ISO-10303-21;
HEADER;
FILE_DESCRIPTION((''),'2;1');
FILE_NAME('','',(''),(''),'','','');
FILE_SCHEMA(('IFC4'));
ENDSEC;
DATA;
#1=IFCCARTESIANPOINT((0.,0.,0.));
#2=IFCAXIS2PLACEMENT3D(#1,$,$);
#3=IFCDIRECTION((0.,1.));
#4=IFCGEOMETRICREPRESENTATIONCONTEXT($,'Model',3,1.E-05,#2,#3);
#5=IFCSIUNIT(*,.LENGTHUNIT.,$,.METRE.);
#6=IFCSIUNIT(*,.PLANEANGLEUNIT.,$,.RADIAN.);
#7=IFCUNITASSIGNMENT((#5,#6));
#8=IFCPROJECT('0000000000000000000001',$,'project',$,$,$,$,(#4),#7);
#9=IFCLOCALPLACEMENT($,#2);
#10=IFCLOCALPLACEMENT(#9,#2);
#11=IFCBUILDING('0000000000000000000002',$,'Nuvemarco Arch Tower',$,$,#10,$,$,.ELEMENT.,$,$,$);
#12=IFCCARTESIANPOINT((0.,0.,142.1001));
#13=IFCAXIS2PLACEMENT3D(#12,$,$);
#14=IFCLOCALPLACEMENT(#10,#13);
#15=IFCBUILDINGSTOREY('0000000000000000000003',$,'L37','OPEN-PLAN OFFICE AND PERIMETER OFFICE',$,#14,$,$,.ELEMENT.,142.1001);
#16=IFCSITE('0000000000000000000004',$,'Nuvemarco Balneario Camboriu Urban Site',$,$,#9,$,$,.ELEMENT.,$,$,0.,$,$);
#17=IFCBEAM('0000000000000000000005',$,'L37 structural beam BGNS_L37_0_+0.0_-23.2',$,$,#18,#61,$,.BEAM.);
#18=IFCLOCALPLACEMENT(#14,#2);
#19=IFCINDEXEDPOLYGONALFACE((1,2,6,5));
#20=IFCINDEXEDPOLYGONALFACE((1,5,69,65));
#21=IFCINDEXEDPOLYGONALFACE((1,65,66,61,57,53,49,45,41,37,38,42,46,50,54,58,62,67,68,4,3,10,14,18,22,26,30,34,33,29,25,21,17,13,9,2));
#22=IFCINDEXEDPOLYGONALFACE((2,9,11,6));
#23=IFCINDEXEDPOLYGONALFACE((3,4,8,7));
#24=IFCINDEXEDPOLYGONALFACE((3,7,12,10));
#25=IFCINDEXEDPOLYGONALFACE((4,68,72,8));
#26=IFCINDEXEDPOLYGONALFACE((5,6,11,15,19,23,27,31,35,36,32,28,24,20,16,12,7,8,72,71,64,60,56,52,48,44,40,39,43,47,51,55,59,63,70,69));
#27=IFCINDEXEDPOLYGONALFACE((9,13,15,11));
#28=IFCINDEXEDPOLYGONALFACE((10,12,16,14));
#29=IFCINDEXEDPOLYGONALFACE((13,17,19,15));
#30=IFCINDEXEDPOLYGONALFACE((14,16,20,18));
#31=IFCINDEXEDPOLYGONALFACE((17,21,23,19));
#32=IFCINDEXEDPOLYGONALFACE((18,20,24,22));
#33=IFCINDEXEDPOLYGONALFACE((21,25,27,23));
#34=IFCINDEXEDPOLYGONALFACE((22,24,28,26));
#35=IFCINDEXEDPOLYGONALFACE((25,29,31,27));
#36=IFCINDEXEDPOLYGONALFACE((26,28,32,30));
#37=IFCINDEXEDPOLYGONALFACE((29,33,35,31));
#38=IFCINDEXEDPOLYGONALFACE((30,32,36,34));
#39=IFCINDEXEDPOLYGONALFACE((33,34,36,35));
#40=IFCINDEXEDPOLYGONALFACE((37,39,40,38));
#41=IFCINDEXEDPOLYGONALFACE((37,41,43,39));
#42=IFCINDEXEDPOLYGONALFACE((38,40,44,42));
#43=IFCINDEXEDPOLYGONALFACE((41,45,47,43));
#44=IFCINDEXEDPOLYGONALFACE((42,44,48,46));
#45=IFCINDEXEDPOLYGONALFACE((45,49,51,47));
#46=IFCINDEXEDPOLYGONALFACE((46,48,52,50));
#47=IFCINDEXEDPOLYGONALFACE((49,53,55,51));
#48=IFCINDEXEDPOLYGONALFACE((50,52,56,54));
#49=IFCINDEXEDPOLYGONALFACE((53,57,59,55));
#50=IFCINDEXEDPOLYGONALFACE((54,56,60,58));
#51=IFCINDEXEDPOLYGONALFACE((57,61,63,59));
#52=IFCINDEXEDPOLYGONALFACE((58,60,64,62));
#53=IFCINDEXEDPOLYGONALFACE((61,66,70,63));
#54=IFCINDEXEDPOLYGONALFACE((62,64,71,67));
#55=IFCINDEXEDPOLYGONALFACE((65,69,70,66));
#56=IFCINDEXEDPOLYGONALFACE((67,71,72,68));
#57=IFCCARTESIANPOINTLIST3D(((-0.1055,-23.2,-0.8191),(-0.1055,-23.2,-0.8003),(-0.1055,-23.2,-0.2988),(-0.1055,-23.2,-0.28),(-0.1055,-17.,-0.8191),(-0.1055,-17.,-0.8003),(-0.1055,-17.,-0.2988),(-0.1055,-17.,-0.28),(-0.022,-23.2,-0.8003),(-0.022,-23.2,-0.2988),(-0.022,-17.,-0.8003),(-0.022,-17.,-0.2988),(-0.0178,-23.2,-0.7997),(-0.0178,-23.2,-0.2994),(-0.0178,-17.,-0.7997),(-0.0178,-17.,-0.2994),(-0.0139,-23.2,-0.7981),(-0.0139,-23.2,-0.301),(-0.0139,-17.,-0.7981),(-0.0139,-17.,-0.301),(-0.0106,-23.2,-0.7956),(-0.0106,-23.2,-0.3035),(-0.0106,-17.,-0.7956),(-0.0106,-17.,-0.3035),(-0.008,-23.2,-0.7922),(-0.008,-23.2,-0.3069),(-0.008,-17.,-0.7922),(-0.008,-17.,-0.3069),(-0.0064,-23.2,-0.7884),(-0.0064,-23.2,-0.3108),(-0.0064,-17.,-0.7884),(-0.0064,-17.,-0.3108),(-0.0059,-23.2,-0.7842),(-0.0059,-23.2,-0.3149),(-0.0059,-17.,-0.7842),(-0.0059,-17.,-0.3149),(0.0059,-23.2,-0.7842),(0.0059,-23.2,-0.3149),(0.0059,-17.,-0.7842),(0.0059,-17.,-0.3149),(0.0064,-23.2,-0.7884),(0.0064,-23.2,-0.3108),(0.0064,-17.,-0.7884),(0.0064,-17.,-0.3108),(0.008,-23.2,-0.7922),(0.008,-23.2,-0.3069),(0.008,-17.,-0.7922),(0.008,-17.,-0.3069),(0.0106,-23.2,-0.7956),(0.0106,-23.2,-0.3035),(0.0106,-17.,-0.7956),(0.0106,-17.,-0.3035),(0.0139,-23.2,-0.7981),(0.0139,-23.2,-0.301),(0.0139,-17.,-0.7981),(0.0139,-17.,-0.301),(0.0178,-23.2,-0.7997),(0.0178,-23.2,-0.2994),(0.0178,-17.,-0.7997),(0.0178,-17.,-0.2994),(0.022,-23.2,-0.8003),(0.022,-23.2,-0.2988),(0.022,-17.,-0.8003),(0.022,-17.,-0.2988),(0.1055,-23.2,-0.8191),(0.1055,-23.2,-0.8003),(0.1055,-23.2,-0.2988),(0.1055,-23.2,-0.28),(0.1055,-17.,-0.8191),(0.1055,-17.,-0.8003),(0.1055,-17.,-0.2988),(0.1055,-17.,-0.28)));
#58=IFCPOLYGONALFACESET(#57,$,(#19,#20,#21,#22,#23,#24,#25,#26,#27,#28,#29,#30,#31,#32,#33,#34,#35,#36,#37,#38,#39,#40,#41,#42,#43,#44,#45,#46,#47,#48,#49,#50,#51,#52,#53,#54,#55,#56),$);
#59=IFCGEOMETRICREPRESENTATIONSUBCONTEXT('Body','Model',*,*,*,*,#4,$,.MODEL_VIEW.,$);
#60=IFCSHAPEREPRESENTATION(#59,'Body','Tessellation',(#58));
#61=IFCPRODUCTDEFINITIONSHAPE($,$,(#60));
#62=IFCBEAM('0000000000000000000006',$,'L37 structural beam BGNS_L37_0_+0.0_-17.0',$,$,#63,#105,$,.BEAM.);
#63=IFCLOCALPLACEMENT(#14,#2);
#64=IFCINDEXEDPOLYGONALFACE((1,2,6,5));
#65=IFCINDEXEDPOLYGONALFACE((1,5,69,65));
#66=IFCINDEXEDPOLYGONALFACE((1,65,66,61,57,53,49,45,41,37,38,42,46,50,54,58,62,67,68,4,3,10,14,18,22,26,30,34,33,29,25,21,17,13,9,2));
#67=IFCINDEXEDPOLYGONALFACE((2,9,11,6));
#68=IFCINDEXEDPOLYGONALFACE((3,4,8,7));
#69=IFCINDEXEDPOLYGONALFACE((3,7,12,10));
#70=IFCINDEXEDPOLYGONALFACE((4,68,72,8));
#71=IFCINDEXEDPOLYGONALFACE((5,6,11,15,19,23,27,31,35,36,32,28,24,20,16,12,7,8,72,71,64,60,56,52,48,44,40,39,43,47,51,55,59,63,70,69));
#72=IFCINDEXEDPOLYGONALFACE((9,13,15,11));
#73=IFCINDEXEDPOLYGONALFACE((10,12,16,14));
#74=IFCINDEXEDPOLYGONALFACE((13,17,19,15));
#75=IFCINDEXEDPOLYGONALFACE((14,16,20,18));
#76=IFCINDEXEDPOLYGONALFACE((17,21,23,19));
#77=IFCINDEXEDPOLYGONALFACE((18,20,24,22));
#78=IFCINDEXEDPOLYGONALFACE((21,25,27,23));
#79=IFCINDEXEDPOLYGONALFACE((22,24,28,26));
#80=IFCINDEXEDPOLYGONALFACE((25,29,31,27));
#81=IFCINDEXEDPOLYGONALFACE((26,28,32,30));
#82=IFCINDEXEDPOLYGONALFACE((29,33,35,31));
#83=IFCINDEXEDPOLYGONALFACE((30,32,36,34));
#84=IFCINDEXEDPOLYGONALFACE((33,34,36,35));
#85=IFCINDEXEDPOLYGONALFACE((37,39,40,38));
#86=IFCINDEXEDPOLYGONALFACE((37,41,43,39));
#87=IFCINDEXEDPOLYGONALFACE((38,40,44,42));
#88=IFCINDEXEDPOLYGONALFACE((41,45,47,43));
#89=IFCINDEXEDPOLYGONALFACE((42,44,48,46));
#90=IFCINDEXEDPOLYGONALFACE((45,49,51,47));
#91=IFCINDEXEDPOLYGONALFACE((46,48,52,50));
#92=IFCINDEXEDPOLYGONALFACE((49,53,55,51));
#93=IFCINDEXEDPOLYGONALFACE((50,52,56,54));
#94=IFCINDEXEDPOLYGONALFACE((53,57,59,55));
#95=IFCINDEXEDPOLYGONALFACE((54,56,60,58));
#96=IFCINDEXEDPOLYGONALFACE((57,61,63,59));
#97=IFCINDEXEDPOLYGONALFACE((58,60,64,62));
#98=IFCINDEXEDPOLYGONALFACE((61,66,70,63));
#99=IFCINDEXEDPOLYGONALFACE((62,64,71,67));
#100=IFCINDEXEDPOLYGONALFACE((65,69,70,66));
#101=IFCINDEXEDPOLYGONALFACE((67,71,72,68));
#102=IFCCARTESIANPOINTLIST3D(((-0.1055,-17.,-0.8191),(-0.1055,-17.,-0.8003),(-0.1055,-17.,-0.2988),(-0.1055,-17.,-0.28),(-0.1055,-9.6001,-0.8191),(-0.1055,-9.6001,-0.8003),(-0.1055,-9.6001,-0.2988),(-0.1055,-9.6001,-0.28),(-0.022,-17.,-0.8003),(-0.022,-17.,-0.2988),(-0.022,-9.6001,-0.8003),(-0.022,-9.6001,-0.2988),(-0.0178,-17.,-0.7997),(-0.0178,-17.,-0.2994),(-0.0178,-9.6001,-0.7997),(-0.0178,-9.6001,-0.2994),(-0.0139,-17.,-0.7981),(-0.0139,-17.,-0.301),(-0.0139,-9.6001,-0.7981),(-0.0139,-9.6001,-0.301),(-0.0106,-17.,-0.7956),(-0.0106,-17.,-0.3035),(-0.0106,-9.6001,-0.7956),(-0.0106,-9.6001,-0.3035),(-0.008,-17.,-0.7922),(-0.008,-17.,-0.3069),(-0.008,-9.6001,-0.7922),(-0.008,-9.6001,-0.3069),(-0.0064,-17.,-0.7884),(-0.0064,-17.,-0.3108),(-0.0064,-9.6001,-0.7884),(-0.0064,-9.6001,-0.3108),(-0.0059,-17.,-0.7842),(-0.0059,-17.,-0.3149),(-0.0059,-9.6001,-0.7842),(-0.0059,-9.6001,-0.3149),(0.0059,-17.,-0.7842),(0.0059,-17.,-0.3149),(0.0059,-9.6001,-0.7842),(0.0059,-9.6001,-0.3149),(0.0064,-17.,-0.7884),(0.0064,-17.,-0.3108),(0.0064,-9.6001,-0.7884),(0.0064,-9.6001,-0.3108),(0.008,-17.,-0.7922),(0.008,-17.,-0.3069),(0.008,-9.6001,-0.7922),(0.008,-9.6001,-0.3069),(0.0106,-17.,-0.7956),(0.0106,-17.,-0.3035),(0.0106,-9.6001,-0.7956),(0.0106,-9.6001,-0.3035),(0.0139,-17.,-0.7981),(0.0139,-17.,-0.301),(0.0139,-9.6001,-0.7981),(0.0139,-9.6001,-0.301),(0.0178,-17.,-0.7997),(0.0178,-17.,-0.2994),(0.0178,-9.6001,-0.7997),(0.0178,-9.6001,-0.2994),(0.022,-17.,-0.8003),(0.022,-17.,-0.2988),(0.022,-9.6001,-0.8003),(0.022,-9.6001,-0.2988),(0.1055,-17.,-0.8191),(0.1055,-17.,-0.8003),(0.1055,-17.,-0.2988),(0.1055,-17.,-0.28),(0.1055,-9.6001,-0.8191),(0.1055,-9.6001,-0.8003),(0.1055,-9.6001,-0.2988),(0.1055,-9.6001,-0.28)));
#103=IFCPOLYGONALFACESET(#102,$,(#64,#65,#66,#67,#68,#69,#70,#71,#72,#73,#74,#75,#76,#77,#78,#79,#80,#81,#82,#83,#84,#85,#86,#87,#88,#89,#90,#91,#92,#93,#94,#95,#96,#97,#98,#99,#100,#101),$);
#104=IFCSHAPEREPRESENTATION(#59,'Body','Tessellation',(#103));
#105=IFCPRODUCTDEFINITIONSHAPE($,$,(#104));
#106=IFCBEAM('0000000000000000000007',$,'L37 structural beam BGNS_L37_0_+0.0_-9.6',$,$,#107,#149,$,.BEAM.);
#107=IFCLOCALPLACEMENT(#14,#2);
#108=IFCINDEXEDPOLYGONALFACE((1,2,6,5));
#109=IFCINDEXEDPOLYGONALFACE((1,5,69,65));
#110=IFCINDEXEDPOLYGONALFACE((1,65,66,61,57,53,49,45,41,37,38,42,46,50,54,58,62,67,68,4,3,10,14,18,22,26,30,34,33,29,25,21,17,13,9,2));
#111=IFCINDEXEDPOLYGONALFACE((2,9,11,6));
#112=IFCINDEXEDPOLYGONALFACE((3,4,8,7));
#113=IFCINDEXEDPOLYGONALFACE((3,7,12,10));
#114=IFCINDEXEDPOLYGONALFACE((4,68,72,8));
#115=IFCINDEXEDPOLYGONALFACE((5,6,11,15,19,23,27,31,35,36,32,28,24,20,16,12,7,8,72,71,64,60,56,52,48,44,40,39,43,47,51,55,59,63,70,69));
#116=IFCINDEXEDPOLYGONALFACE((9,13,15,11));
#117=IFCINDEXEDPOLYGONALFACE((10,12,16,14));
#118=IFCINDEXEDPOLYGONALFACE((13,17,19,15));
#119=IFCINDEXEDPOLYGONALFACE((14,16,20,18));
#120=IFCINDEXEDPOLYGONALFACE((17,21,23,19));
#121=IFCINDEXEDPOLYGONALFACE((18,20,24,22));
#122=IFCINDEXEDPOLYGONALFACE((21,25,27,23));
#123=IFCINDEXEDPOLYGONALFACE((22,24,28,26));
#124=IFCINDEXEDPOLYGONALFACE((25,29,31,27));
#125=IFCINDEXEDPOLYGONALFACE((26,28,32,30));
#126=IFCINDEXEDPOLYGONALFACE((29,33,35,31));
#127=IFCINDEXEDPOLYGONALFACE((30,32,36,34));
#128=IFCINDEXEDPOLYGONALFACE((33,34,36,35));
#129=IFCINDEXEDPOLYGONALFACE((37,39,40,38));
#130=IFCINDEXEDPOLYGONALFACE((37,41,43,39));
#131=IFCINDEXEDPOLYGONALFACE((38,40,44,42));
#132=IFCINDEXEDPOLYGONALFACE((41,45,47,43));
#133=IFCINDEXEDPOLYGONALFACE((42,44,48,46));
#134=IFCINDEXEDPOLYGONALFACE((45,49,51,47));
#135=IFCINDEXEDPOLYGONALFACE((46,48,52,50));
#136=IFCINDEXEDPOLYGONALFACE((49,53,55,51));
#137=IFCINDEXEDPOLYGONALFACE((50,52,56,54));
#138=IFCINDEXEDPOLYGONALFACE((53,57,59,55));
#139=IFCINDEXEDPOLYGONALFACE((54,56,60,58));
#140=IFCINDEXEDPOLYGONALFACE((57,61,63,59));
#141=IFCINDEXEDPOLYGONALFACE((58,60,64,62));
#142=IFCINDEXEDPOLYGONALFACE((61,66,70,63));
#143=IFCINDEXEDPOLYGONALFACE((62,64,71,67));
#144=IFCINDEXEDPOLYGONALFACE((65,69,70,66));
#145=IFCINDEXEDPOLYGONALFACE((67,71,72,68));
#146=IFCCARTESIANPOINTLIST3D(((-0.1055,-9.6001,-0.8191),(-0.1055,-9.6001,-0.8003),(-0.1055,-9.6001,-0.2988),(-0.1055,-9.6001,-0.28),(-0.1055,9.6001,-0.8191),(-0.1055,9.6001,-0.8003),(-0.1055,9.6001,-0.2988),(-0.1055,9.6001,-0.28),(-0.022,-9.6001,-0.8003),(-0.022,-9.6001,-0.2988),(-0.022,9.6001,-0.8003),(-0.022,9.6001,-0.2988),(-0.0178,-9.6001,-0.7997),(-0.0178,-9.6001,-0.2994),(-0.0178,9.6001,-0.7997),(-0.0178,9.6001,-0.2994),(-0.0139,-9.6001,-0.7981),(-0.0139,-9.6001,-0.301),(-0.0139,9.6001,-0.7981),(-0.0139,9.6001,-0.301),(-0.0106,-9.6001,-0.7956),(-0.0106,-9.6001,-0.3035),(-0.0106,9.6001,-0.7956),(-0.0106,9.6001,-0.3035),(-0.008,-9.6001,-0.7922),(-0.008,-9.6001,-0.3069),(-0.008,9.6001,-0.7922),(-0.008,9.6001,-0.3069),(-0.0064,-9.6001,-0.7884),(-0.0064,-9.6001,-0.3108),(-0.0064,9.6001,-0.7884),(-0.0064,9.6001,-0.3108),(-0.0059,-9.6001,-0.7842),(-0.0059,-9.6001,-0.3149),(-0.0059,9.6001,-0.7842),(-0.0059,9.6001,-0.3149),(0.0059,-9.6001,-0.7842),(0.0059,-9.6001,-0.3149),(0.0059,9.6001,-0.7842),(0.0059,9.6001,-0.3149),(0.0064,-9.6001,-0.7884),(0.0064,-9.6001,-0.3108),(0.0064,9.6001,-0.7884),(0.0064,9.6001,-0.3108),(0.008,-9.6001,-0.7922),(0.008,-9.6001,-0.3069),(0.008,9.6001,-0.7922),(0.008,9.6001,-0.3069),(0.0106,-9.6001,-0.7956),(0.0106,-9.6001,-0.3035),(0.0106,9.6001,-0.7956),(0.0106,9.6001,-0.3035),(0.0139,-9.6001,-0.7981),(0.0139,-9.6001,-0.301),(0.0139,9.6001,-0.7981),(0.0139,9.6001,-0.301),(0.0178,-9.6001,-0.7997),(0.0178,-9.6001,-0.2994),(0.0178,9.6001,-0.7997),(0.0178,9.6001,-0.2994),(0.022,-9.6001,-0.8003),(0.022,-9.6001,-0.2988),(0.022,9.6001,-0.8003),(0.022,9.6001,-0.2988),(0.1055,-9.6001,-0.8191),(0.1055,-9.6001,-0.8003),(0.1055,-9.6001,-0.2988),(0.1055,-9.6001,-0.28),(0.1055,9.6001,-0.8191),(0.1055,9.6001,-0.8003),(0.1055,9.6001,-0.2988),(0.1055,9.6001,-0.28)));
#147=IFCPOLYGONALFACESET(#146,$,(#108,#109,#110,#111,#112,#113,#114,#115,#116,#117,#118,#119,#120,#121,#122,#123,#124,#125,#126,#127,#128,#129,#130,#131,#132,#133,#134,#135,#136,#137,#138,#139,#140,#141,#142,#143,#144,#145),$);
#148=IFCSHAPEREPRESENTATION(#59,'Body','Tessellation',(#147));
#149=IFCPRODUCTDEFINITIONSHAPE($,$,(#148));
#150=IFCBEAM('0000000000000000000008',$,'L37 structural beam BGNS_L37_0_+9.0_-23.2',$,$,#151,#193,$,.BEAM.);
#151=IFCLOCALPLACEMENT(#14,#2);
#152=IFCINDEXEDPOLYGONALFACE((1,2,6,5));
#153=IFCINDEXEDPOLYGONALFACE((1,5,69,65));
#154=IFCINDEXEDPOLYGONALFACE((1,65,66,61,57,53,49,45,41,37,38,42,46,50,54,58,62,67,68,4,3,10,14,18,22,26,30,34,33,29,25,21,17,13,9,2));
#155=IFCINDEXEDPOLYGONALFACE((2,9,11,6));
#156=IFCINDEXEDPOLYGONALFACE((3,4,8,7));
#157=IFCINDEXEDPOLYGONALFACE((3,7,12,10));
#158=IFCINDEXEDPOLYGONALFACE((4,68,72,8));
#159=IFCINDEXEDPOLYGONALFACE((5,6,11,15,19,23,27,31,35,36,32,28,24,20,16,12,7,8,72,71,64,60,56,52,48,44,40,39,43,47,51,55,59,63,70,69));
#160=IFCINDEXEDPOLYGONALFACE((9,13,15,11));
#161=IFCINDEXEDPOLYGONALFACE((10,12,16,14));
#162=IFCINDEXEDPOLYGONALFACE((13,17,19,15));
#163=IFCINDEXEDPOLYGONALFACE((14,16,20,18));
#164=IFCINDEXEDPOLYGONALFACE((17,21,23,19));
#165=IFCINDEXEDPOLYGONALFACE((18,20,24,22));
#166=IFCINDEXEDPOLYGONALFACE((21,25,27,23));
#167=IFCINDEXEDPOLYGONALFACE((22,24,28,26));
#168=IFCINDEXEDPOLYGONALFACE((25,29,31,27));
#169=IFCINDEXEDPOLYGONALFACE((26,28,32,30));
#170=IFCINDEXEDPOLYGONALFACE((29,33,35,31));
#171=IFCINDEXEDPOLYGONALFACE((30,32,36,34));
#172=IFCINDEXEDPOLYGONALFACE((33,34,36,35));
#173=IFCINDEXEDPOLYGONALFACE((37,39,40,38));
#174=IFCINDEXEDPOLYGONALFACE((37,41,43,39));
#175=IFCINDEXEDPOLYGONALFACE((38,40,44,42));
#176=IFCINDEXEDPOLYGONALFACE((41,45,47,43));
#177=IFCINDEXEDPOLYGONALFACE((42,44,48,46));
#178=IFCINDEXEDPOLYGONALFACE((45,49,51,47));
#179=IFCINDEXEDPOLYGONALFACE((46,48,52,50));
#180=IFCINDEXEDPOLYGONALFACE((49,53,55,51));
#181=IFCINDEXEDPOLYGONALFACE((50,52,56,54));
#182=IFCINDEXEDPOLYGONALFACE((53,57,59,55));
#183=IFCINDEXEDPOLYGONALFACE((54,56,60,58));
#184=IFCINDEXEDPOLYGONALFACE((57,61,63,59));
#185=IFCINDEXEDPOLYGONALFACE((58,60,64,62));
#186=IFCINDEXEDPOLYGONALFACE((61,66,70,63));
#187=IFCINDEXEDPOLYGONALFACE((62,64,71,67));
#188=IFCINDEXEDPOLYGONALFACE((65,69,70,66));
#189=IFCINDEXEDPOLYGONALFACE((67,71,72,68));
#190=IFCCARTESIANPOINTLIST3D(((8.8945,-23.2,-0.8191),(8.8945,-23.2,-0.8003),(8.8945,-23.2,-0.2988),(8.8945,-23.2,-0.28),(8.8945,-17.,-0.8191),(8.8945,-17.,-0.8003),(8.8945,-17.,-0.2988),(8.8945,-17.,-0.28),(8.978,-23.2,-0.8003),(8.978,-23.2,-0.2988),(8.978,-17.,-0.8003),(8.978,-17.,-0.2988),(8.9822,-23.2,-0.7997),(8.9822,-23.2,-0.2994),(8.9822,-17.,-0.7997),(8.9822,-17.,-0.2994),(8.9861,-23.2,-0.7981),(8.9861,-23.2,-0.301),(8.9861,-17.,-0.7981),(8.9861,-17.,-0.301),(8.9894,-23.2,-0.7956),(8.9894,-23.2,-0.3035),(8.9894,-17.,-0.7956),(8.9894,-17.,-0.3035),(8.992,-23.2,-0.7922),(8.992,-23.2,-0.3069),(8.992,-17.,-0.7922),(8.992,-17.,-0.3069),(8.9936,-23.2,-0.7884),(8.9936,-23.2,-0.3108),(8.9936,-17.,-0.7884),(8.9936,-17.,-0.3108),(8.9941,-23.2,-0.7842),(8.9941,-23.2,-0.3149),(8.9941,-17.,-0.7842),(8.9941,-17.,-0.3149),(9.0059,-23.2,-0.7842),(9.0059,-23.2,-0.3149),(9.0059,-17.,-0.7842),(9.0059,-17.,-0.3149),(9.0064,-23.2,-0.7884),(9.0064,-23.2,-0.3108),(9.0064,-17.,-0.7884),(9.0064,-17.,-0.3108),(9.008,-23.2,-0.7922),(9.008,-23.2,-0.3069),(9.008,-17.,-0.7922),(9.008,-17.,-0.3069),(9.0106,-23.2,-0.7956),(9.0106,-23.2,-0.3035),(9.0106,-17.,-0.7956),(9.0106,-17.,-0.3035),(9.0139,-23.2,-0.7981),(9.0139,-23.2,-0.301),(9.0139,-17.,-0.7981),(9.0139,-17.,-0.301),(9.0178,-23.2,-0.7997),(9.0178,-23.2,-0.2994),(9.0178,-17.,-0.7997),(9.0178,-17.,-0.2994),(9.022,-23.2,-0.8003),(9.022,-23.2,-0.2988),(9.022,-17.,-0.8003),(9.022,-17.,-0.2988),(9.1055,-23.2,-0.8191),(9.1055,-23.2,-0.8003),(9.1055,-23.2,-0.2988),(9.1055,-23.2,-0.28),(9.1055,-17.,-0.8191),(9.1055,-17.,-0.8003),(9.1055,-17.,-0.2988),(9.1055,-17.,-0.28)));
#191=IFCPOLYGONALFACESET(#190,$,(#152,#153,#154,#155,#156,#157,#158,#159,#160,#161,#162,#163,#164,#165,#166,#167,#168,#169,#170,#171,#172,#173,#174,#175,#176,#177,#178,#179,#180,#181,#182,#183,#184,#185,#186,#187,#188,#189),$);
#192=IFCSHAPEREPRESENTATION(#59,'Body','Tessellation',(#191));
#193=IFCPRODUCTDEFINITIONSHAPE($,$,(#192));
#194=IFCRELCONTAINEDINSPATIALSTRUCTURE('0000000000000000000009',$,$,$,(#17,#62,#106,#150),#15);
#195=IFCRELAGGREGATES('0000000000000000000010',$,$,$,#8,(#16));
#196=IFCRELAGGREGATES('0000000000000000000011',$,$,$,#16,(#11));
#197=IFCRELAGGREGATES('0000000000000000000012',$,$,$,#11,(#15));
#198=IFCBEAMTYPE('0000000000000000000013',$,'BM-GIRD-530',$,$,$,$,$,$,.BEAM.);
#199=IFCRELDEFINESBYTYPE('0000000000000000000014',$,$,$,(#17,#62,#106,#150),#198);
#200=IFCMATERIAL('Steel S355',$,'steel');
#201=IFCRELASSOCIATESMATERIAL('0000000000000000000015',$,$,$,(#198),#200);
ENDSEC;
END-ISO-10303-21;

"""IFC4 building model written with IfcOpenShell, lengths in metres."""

from ifc_helpers import new_model, si_unit, direction, frame, origin, origin_2d, place, context, subcontext, project, spatial, i_section, extrude, material, material_profile, profile_set, type_object, element, save


model = new_model("IFC4")

# Units and contexts
model_context = context("Model", 3, precision=1e-05, world=origin(), true_north=direction((0.0, 1.0)))
body_context = subcontext(model_context, "Body", "Model", "MODEL_VIEW")
ifc_project = project(units=[si_unit("LENGTHUNIT", "METRE"), si_unit("PLANEANGLEUNIT", "RADIAN")], contexts=[model_context])

# Site, building, storey
site_placement = place(None, origin())
site = spatial("IfcSite", under=ifc_project, at=site_placement, Name="Nuvemarco Balneario Camboriu Urban Site", CompositionType="ELEMENT", RefElevation=0.0)
building_placement = place(site_placement, origin())
building = spatial("IfcBuilding", under=site, at=building_placement, Name="Nuvemarco Arch Tower", CompositionType="ELEMENT")
storey_placement = place(building_placement, frame((0.0, 0.0, 142.1001)))
storey = spatial("IfcBuildingStorey", under=building, at=storey_placement, Name="L37", Description="OPEN-PLAN OFFICE AND PERIMETER OFFICE", CompositionType="ELEMENT", Elevation=142.1001)

# Shared definitions
ifc_material_1 = material(Name="Steel S355", Category="steel")

# Beams
ifc_material_profile_1 = material_profile(ifc_material_1, i_section(OverallWidth=0.2109, OverallDepth=0.5391, WebThickness=0.0117, FlangeThickness=0.0188, FilletRadius=0.0161, at=origin_2d()), Name="W530x109")
ifc_profile_set_1 = profile_set([ifc_material_profile_1], Name="Steel S355")
beam_type_1 = type_object("IfcBeamType", Name="BM-GIRD-530", PredefinedType="BEAM", material=ifc_profile_set_1)
beam_1_placement = place(storey_placement, frame((0.0, -23.2, -0.5496), z_axis=(0.0, 1.0, 0.0), x_axis=(-1.0, 0.0, 0.0)))
element("IfcBeam", 1, at=beam_1_placement, inside=storey, type_object=beam_type_1, Name="L37 structural beam BGNS_L37_0_+0.0_-23.2", PredefinedType="BEAM", context=body_context, shape_type="SweptSolid", body=[
    extrude(i_section(OverallWidth=0.2109, OverallDepth=0.5391, WebThickness=0.0117, FlangeThickness=0.0188, FilletRadius=0.0161, at=origin_2d()), origin(), (0.0, 0.0, 1.0), 6.2),
])
beam_2_placement = place(storey_placement, frame((0.0, -17.0, -0.5496), z_axis=(0.0, 1.0, 0.0), x_axis=(-1.0, 0.0, 0.0)))
element("IfcBeam", 2, at=beam_2_placement, inside=storey, type_object=beam_type_1, Name="L37 structural beam BGNS_L37_0_+0.0_-17.0", PredefinedType="BEAM", context=body_context, shape_type="SweptSolid", body=[
    extrude(i_section(OverallWidth=0.2109, OverallDepth=0.5391, WebThickness=0.0117, FlangeThickness=0.0188, FilletRadius=0.0161, at=origin_2d()), origin(), (0.0, 0.0, 1.0), 7.3999),
])
beam_3_placement = place(storey_placement, frame((0.0, -9.6001, -0.5496), z_axis=(0.0, 1.0, 0.0), x_axis=(-1.0, 0.0, 0.0)))
element("IfcBeam", 3, at=beam_3_placement, inside=storey, type_object=beam_type_1, Name="L37 structural beam BGNS_L37_0_+0.0_-9.6", PredefinedType="BEAM", context=body_context, shape_type="SweptSolid", body=[
    extrude(i_section(OverallWidth=0.2109, OverallDepth=0.5391, WebThickness=0.0117, FlangeThickness=0.0188, FilletRadius=0.0161, at=origin_2d()), origin(), (0.0, 0.0, 1.0), 19.2002),
])
beam_4_placement = place(storey_placement, frame((9.0, -23.2, -0.5496), z_axis=(0.0, 1.0, 0.0), x_axis=(-1.0, 0.0, 0.0)))
element("IfcBeam", 4, at=beam_4_placement, inside=storey, type_object=beam_type_1, Name="L37 structural beam BGNS_L37_0_+9.0_-23.2", PredefinedType="BEAM", context=body_context, shape_type="SweptSolid", body=[
    extrude(i_section(OverallWidth=0.2109, OverallDepth=0.5391, WebThickness=0.0117, FlangeThickness=0.0188, FilletRadius=0.0161, at=origin_2d()), origin(), (0.0, 0.0, 1.0), 6.2),
])

save(model, "model.ifc")
